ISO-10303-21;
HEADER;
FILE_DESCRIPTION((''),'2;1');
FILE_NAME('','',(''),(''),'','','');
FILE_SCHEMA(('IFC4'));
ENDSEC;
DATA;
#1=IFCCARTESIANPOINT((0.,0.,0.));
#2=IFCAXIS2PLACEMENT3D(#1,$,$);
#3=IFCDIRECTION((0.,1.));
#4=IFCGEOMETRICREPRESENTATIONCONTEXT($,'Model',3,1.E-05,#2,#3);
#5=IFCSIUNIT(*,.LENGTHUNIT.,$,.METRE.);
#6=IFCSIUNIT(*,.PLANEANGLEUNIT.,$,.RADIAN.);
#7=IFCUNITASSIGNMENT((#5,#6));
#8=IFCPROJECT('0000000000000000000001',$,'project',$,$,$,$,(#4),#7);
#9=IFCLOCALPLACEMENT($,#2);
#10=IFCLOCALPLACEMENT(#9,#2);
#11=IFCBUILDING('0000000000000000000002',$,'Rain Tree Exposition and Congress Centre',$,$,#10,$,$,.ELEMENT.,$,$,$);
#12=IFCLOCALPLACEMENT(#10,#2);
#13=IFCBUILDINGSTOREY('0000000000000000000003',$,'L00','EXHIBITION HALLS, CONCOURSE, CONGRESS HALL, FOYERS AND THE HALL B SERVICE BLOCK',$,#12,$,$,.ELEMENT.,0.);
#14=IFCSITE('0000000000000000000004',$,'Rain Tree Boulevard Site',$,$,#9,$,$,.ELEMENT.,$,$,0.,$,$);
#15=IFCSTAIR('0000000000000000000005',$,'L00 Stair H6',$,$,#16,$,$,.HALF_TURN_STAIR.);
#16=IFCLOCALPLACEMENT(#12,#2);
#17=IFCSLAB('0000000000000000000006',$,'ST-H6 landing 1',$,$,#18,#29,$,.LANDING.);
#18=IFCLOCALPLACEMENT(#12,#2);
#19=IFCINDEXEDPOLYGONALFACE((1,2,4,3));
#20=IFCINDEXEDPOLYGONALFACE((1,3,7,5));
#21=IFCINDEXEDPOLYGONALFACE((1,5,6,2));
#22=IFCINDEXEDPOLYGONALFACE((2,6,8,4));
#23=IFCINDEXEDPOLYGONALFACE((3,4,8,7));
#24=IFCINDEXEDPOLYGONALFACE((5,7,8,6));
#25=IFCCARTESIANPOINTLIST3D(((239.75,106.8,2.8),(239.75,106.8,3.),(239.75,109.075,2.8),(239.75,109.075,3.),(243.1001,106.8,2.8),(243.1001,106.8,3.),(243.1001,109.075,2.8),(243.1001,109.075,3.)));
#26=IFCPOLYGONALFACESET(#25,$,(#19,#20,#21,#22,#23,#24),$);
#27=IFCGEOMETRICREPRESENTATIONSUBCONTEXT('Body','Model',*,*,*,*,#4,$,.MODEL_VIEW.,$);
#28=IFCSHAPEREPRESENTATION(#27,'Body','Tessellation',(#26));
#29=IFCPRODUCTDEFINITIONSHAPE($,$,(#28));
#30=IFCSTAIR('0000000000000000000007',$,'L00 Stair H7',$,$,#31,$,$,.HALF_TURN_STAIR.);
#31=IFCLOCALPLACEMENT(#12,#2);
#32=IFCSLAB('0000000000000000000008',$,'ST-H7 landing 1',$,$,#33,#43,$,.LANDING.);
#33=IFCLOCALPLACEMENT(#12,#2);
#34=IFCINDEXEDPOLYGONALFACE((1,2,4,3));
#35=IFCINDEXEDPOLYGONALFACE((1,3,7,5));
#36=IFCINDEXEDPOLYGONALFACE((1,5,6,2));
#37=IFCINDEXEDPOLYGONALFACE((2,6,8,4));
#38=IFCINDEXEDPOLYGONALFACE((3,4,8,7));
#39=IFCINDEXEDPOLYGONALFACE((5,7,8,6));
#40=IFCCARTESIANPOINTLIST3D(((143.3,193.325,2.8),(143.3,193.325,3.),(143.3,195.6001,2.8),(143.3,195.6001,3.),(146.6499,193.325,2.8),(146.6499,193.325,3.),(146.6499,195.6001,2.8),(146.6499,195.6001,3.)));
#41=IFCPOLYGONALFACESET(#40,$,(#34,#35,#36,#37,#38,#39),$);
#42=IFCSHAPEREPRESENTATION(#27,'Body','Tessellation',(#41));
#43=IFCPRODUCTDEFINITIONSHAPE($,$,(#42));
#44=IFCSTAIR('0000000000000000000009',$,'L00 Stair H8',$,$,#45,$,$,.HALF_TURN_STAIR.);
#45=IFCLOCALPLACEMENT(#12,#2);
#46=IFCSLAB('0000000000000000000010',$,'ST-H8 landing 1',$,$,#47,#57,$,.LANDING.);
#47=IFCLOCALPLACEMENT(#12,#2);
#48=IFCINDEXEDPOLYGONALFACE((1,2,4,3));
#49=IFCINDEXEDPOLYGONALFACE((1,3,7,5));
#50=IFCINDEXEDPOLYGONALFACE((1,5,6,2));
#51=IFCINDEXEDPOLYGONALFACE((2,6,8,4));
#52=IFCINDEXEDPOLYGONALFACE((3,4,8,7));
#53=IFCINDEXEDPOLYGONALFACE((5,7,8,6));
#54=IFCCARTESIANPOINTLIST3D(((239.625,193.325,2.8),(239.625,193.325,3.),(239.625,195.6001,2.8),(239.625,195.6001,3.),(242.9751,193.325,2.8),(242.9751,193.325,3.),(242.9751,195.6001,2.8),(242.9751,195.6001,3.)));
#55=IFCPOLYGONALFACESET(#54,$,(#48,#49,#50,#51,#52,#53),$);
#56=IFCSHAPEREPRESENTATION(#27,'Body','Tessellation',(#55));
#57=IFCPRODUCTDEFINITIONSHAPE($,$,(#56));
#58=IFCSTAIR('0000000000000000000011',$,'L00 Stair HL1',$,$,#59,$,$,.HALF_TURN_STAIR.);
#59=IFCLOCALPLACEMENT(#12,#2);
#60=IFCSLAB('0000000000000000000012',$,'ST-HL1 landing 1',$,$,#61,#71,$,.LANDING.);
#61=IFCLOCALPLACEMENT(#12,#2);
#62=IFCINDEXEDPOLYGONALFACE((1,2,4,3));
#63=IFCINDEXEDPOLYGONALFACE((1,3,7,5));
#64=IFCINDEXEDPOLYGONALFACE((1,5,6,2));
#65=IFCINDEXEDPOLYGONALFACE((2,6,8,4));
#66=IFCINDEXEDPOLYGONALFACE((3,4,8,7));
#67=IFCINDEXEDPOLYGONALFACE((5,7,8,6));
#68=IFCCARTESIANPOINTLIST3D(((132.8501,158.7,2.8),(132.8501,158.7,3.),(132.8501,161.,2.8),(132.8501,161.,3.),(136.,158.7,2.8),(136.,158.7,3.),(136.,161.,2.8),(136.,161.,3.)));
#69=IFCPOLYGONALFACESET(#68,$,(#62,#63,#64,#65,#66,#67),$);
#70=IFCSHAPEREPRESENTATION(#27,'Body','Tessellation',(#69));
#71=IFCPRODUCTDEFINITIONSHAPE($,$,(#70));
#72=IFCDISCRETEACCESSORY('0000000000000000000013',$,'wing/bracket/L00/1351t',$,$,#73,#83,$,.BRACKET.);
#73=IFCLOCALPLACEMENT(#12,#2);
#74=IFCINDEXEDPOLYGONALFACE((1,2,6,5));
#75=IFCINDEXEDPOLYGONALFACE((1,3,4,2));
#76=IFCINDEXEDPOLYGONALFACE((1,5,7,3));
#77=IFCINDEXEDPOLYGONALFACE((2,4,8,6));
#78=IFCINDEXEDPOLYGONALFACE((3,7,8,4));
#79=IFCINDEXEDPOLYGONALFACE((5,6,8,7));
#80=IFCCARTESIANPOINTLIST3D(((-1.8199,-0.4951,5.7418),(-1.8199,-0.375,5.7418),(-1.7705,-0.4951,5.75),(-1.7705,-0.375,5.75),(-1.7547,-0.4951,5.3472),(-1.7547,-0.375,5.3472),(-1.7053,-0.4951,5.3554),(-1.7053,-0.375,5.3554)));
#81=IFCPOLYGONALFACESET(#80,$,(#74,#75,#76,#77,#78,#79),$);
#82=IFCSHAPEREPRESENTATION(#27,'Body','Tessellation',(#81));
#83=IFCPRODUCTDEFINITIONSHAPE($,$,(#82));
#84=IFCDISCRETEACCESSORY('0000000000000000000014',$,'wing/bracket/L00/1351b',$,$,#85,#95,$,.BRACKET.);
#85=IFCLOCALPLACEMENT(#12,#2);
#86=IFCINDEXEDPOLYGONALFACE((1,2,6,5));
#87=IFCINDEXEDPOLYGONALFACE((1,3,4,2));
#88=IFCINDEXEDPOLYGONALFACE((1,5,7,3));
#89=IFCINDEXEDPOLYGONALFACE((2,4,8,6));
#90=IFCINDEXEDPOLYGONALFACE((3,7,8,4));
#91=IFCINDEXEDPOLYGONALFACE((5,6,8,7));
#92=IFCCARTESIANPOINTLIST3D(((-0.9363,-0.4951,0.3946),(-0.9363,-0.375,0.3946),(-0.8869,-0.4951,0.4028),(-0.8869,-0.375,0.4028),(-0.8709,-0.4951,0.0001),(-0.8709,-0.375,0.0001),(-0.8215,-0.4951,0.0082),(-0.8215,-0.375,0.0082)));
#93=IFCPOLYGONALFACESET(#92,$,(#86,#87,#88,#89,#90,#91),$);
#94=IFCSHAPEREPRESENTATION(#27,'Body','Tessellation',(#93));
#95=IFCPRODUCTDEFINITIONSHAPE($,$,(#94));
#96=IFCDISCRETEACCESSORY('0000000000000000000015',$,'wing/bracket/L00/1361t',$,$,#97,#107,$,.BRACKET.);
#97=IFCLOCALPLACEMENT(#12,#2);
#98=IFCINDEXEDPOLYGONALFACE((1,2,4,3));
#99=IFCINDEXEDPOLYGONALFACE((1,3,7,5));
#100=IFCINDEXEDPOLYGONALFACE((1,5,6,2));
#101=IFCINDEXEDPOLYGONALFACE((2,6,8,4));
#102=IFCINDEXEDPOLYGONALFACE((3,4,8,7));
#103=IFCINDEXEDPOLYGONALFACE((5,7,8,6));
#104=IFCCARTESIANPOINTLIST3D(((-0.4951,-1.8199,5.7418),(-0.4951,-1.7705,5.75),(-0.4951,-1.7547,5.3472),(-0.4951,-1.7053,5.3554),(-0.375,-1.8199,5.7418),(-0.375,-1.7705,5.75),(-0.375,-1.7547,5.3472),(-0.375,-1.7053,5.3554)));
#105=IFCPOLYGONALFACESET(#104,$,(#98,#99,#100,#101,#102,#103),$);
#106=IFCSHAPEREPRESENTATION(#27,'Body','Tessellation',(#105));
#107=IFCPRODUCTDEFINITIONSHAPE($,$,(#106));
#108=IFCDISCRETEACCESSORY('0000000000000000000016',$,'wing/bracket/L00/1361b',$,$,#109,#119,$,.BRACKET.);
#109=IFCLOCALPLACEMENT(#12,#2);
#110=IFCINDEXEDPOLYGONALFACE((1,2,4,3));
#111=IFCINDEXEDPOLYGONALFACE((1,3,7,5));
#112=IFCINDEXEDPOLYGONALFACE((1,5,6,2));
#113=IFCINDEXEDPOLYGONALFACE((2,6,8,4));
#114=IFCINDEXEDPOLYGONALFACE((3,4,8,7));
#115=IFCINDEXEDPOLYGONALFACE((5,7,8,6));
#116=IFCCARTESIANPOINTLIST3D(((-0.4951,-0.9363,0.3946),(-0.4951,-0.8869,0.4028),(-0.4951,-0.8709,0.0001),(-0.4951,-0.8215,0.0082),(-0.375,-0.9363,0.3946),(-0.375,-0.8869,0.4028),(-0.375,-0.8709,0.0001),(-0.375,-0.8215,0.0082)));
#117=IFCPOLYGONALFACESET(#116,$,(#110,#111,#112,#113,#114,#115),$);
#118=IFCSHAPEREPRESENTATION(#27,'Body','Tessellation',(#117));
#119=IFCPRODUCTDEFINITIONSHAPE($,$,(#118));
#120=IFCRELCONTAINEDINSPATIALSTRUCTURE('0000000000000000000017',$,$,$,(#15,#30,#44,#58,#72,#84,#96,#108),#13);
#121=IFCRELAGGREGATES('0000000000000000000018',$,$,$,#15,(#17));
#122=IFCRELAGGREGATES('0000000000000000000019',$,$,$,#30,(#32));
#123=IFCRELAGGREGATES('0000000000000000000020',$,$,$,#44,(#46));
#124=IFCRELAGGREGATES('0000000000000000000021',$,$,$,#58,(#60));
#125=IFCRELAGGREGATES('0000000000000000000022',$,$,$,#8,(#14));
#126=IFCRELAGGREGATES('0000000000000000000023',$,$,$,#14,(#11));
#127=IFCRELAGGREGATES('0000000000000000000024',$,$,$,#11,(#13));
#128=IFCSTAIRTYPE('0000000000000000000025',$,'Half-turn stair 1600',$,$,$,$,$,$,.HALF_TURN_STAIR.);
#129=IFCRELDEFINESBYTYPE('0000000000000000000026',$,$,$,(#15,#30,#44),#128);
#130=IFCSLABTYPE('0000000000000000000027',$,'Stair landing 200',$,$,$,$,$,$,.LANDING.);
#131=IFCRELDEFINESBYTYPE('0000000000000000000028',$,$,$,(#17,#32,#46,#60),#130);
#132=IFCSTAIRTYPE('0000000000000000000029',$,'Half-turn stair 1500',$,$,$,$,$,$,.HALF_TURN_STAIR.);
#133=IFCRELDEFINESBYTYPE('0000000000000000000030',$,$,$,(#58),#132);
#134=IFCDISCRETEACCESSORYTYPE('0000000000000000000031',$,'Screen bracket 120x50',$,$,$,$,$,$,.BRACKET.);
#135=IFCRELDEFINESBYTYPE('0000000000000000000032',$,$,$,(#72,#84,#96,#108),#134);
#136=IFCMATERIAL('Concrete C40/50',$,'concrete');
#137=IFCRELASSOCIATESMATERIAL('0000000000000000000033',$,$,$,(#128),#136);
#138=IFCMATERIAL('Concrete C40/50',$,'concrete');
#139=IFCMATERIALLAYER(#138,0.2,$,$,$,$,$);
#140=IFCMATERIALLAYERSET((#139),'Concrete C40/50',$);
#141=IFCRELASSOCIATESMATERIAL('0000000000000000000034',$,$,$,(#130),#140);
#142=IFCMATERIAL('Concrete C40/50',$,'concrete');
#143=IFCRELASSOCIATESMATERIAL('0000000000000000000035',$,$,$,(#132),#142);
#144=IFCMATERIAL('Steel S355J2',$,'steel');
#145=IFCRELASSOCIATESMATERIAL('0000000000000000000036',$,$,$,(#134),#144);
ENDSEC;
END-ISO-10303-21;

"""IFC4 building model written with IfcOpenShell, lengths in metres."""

from ifc_helpers import new_model, si_unit, direction, frame, origin, origin_2d, place, context, subcontext, project, spatial, polyline, rectangle, outline, extrude, material, layer, layer_set, material_profile, profile_set, type_object, element, aggregate, save


model = new_model("IFC4")

# Units and contexts
model_context = context("Model", 3, precision=1e-05, world=origin(), true_north=direction((0.0, 1.0)))
body_context = subcontext(model_context, "Body", "Model", "MODEL_VIEW")
ifc_project = project(units=[si_unit("LENGTHUNIT", "METRE"), si_unit("PLANEANGLEUNIT", "RADIAN")], contexts=[model_context])

# Site, building, storey
site_placement = place(None, origin())
site = spatial("IfcSite", under=ifc_project, at=site_placement, Name="Rain Tree Boulevard Site", CompositionType="ELEMENT", RefElevation=0.0)
building_placement = place(site_placement, origin())
building = spatial("IfcBuilding", under=site, at=building_placement, Name="Rain Tree Exposition and Congress Centre", CompositionType="ELEMENT")
storey_placement = place(building_placement, origin())
storey = spatial("IfcBuildingStorey", under=building, at=storey_placement, Name="L00", Description="EXHIBITION HALLS, CONCOURSE, CONGRESS HALL, FOYERS AND THE HALL B SERVICE BLOCK", CompositionType="ELEMENT", Elevation=0.0)

# Stairs, slabs
ifc_material_1 = material(Name="Concrete C40/50", Category="concrete")
stair_type_1 = type_object("IfcStairType", Name="Half-turn stair 1600", PredefinedType="HALF_TURN_STAIR", material=ifc_material_1)
ifc_material_2 = material(Name="Concrete C40/50", Category="concrete")
ifc_layer_1 = layer(ifc_material_2, 0.2)
ifc_layer_set_1 = layer_set([ifc_layer_1], Name="Concrete C40/50")
slab_type_1 = type_object("IfcSlabType", Name="Stair landing 200", PredefinedType="LANDING", material=ifc_layer_set_1)
stair_1_placement = place(storey_placement, origin())
stair_1 = element("IfcStair", 1, at=stair_1_placement, inside=storey, type_object=stair_type_1, Name="L00 Stair H6", PredefinedType="HALF_TURN_STAIR")
slab_1_placement = place(storey_placement, frame((0.0, 0.0, 2.8)))
slab_1 = element("IfcSlab", 2, at=slab_1_placement, type_object=slab_type_1, Name="ST-H6 landing 1", PredefinedType="LANDING", context=body_context, shape_type="SweptSolid", body=[
    extrude(outline(polyline([(243.1001, 106.8), (243.1001, 109.075), (239.75, 109.075), (239.75, 106.8), (243.1001, 106.8)])), origin(), (0.0, 0.0, 1.0), 0.2),
])
aggregate(stair_1, [slab_1])
stair_2_placement = place(storey_placement, origin())
stair_2 = element("IfcStair", 3, at=stair_2_placement, inside=storey, type_object=stair_type_1, Name="L00 Stair H7", PredefinedType="HALF_TURN_STAIR")
slab_2_placement = place(storey_placement, frame((0.0, 0.0, 2.8)))
slab_2 = element("IfcSlab", 4, at=slab_2_placement, type_object=slab_type_1, Name="ST-H7 landing 1", PredefinedType="LANDING", context=body_context, shape_type="SweptSolid", body=[
    extrude(outline(polyline([(143.3, 195.6001), (143.3, 193.325), (146.6499, 193.325), (146.6499, 195.6001), (143.3, 195.6001)])), origin(), (0.0, 0.0, 1.0), 0.2),
])
aggregate(stair_2, [slab_2])
stair_3_placement = place(storey_placement, origin())
stair_3 = element("IfcStair", 5, at=stair_3_placement, inside=storey, type_object=stair_type_1, Name="L00 Stair H8", PredefinedType="HALF_TURN_STAIR")
slab_3_placement = place(storey_placement, frame((0.0, 0.0, 2.8)))
slab_3 = element("IfcSlab", 6, at=slab_3_placement, type_object=slab_type_1, Name="ST-H8 landing 1", PredefinedType="LANDING", context=body_context, shape_type="SweptSolid", body=[
    extrude(outline(polyline([(239.625, 195.6001), (239.625, 193.325), (242.9751, 193.325), (242.9751, 195.6001), (239.625, 195.6001)])), origin(), (0.0, 0.0, 1.0), 0.2),
])
aggregate(stair_3, [slab_3])
ifc_material_3 = material(Name="Concrete C40/50", Category="concrete")
stair_type_2 = type_object("IfcStairType", Name="Half-turn stair 1500", PredefinedType="HALF_TURN_STAIR", material=ifc_material_3)
stair_4_placement = place(storey_placement, origin())
stair_4 = element("IfcStair", 7, at=stair_4_placement, inside=storey, type_object=stair_type_2, Name="L00 Stair HL1", PredefinedType="HALF_TURN_STAIR")
slab_4_placement = place(storey_placement, frame((0.0, 0.0, 2.8)))
slab_4 = element("IfcSlab", 8, at=slab_4_placement, type_object=slab_type_1, Name="ST-HL1 landing 1", PredefinedType="LANDING", context=body_context, shape_type="SweptSolid", body=[
    extrude(outline(polyline([(136.0, 158.7), (136.0, 161.0), (132.8501, 161.0), (132.8501, 158.7), (136.0, 158.7)])), origin(), (0.0, 0.0, 1.0), 0.2),
])
aggregate(stair_4, [slab_4])

# Discrete accessories
ifc_material_4 = material(Name="Steel S355J2", Category="steel")
ifc_material_profile = material_profile(ifc_material_4, rectangle(XDim=0.1201, YDim=0.05, at=origin_2d()), Name="Flat bar 120x50")
ifc_profile_set = profile_set([ifc_material_profile], Name="Steel S355J2")
discrete_accessory_type = type_object("IfcDiscreteAccessoryType", Name="Screen bracket 120x50", PredefinedType="BRACKET", material=ifc_profile_set)
for number, where, z_axis, x_axis, name in (
    (9, (-1.73, -0.4351, 5.3513), (-0.163013, 0.0, 0.986624), (0.0, -1.0, 0.0), "wing/bracket/L00/1351t"),
    (10, (-0.8462, -0.4351, 0.0042), (-0.163607, 0.0, 0.986526), (0.0, -1.0, 0.0), "wing/bracket/L00/1351b"),
    (11, (-0.4351, -1.73, 5.3513), (0.0, -0.163013, 0.986624), (1.0, 0.0, 0.0), "wing/bracket/L00/1361t"),
    (12, (-0.4351, -0.8462, 0.0042), (0.0, -0.163607, 0.986526), (1.0, 0.0, 0.0), "wing/bracket/L00/1361b"),
):
    element("IfcDiscreteAccessory", number, at=place(storey_placement, frame(where, z_axis=z_axis, x_axis=x_axis)), inside=storey, type_object=discrete_accessory_type, Name=name, PredefinedType="BRACKET", context=body_context, shape_type="SweptSolid", body=[
        extrude(rectangle(XDim=0.1201, YDim=0.05, at=origin_2d()), origin(), (0.0, 0.0, 1.0), 0.3999),
    ])

save(model, "model.ifc")
